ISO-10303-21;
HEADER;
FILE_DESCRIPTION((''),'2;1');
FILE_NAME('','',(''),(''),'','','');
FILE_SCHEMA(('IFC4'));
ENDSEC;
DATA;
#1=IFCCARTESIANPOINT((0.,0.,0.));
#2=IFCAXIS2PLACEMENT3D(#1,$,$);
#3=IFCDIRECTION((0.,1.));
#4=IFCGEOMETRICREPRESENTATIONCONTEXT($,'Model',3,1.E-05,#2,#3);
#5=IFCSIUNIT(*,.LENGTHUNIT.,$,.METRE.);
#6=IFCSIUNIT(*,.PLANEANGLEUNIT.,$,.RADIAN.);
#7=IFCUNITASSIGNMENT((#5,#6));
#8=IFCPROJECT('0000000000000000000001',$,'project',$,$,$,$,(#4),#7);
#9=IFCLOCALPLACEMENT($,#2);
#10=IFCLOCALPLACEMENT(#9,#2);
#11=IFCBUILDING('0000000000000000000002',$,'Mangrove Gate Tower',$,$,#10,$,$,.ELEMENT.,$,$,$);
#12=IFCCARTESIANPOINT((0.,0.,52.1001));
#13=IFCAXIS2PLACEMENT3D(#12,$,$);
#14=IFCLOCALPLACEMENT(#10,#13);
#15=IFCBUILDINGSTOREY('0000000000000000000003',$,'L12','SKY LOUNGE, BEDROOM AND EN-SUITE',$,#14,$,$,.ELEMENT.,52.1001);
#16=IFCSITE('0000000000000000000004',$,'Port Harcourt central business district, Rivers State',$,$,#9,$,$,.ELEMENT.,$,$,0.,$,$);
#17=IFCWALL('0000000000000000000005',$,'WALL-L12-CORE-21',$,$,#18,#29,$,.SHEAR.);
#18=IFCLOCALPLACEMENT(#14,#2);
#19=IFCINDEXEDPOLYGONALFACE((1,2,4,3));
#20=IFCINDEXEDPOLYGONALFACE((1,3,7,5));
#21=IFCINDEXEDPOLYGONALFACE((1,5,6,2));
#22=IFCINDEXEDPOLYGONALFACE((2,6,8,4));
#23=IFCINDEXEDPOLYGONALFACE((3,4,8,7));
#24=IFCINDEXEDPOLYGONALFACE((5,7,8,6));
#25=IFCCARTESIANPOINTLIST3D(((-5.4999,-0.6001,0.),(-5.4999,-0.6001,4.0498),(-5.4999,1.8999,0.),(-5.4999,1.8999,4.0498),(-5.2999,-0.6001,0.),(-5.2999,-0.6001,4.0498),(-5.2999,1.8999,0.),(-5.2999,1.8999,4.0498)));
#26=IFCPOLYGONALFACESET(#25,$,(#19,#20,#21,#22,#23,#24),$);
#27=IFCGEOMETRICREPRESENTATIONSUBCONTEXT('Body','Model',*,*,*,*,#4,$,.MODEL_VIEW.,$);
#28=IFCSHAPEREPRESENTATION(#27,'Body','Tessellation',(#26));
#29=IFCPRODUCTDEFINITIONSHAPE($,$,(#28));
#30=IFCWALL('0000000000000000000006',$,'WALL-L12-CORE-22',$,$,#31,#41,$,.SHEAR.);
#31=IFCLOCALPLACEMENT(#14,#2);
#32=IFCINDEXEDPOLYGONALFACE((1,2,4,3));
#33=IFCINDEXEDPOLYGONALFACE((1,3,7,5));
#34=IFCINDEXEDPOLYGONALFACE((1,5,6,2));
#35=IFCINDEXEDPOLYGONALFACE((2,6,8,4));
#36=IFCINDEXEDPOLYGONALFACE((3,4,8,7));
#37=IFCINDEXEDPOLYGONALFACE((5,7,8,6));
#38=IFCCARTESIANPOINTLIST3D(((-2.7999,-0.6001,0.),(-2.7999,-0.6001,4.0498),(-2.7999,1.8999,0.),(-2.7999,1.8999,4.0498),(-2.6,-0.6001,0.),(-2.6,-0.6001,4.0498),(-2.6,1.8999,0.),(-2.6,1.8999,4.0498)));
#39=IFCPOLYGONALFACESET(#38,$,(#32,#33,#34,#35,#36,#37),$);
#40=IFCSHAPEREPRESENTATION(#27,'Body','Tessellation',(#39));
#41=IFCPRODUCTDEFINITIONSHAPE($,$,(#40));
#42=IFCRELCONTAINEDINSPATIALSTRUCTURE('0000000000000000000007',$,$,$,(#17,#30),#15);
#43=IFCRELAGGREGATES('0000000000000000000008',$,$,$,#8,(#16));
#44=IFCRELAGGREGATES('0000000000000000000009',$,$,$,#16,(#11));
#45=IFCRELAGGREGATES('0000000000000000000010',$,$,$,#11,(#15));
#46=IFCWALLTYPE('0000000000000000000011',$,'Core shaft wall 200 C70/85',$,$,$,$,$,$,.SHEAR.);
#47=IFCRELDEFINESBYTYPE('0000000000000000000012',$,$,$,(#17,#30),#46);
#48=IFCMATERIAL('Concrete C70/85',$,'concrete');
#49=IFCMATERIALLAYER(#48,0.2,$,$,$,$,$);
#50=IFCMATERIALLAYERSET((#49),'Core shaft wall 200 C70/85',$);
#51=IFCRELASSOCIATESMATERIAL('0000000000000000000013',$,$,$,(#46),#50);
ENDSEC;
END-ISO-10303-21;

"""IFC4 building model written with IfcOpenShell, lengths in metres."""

from ifc_helpers import new_model, si_unit, direction, frame, frame_2d, origin, place, context, subcontext, project, spatial, rectangle, extrude, material, layer, layer_set, type_object, element, save


model = new_model("IFC4")

# Units and contexts
model_context = context("Model", 3, precision=1e-05, world=origin(), true_north=direction((0.0, 1.0)))
body_context = subcontext(model_context, "Body", "Model", "MODEL_VIEW")
ifc_project = project(units=[si_unit("LENGTHUNIT", "METRE"), si_unit("PLANEANGLEUNIT", "RADIAN")], contexts=[model_context])

# Site, building, storey
site_placement = place(None, origin())
site = spatial("IfcSite", under=ifc_project, at=site_placement, Name="Port Harcourt central business district, Rivers State", CompositionType="ELEMENT", RefElevation=0.0)
building_placement = place(site_placement, origin())
building = spatial("IfcBuilding", under=site, at=building_placement, Name="Mangrove Gate Tower", CompositionType="ELEMENT")
storey_placement = place(building_placement, frame((0.0, 0.0, 52.1001)))
storey = spatial("IfcBuildingStorey", under=building, at=storey_placement, Name="L12", Description="SKY LOUNGE, BEDROOM AND EN-SUITE", CompositionType="ELEMENT", Elevation=52.1001)

# Shared definitions
ifc_material_1 = material(Name="Concrete C70/85", Category="concrete")
ifc_layer_1 = layer(ifc_material_1, 0.2)
ifc_layer_set_1 = layer_set([ifc_layer_1], Name="Core shaft wall 200 C70/85")
wall_type_1 = type_object("IfcWallType", Name="Core shaft wall 200 C70/85", PredefinedType="SHEAR", material=ifc_layer_set_1)

# Walls
for number, where, z_axis, x_axis, name in (
    (1, (-5.3999, -0.6001, 0.0), (0.0, 0.0, 1.0), (0.0, 1.0, 0.0), "WALL-L12-CORE-21"),
    (2, (-2.7, -0.6001, 0.0), (0.0, 0.0, 1.0), (0.0, 1.0, 0.0), "WALL-L12-CORE-22"),
):
    element("IfcWall", number, at=place(storey_placement, frame(where, z_axis=z_axis, x_axis=x_axis)), inside=storey, type_object=wall_type_1, Name=name, PredefinedType="SHEAR", context=body_context, shape_type="SweptSolid", body=[
        extrude(rectangle(XDim=2.5, YDim=0.2, at=frame_2d((1.25, 0.0))), origin(), (0.0, 0.0, 1.0), 4.0498),
    ])

save(model, "model.ifc")
